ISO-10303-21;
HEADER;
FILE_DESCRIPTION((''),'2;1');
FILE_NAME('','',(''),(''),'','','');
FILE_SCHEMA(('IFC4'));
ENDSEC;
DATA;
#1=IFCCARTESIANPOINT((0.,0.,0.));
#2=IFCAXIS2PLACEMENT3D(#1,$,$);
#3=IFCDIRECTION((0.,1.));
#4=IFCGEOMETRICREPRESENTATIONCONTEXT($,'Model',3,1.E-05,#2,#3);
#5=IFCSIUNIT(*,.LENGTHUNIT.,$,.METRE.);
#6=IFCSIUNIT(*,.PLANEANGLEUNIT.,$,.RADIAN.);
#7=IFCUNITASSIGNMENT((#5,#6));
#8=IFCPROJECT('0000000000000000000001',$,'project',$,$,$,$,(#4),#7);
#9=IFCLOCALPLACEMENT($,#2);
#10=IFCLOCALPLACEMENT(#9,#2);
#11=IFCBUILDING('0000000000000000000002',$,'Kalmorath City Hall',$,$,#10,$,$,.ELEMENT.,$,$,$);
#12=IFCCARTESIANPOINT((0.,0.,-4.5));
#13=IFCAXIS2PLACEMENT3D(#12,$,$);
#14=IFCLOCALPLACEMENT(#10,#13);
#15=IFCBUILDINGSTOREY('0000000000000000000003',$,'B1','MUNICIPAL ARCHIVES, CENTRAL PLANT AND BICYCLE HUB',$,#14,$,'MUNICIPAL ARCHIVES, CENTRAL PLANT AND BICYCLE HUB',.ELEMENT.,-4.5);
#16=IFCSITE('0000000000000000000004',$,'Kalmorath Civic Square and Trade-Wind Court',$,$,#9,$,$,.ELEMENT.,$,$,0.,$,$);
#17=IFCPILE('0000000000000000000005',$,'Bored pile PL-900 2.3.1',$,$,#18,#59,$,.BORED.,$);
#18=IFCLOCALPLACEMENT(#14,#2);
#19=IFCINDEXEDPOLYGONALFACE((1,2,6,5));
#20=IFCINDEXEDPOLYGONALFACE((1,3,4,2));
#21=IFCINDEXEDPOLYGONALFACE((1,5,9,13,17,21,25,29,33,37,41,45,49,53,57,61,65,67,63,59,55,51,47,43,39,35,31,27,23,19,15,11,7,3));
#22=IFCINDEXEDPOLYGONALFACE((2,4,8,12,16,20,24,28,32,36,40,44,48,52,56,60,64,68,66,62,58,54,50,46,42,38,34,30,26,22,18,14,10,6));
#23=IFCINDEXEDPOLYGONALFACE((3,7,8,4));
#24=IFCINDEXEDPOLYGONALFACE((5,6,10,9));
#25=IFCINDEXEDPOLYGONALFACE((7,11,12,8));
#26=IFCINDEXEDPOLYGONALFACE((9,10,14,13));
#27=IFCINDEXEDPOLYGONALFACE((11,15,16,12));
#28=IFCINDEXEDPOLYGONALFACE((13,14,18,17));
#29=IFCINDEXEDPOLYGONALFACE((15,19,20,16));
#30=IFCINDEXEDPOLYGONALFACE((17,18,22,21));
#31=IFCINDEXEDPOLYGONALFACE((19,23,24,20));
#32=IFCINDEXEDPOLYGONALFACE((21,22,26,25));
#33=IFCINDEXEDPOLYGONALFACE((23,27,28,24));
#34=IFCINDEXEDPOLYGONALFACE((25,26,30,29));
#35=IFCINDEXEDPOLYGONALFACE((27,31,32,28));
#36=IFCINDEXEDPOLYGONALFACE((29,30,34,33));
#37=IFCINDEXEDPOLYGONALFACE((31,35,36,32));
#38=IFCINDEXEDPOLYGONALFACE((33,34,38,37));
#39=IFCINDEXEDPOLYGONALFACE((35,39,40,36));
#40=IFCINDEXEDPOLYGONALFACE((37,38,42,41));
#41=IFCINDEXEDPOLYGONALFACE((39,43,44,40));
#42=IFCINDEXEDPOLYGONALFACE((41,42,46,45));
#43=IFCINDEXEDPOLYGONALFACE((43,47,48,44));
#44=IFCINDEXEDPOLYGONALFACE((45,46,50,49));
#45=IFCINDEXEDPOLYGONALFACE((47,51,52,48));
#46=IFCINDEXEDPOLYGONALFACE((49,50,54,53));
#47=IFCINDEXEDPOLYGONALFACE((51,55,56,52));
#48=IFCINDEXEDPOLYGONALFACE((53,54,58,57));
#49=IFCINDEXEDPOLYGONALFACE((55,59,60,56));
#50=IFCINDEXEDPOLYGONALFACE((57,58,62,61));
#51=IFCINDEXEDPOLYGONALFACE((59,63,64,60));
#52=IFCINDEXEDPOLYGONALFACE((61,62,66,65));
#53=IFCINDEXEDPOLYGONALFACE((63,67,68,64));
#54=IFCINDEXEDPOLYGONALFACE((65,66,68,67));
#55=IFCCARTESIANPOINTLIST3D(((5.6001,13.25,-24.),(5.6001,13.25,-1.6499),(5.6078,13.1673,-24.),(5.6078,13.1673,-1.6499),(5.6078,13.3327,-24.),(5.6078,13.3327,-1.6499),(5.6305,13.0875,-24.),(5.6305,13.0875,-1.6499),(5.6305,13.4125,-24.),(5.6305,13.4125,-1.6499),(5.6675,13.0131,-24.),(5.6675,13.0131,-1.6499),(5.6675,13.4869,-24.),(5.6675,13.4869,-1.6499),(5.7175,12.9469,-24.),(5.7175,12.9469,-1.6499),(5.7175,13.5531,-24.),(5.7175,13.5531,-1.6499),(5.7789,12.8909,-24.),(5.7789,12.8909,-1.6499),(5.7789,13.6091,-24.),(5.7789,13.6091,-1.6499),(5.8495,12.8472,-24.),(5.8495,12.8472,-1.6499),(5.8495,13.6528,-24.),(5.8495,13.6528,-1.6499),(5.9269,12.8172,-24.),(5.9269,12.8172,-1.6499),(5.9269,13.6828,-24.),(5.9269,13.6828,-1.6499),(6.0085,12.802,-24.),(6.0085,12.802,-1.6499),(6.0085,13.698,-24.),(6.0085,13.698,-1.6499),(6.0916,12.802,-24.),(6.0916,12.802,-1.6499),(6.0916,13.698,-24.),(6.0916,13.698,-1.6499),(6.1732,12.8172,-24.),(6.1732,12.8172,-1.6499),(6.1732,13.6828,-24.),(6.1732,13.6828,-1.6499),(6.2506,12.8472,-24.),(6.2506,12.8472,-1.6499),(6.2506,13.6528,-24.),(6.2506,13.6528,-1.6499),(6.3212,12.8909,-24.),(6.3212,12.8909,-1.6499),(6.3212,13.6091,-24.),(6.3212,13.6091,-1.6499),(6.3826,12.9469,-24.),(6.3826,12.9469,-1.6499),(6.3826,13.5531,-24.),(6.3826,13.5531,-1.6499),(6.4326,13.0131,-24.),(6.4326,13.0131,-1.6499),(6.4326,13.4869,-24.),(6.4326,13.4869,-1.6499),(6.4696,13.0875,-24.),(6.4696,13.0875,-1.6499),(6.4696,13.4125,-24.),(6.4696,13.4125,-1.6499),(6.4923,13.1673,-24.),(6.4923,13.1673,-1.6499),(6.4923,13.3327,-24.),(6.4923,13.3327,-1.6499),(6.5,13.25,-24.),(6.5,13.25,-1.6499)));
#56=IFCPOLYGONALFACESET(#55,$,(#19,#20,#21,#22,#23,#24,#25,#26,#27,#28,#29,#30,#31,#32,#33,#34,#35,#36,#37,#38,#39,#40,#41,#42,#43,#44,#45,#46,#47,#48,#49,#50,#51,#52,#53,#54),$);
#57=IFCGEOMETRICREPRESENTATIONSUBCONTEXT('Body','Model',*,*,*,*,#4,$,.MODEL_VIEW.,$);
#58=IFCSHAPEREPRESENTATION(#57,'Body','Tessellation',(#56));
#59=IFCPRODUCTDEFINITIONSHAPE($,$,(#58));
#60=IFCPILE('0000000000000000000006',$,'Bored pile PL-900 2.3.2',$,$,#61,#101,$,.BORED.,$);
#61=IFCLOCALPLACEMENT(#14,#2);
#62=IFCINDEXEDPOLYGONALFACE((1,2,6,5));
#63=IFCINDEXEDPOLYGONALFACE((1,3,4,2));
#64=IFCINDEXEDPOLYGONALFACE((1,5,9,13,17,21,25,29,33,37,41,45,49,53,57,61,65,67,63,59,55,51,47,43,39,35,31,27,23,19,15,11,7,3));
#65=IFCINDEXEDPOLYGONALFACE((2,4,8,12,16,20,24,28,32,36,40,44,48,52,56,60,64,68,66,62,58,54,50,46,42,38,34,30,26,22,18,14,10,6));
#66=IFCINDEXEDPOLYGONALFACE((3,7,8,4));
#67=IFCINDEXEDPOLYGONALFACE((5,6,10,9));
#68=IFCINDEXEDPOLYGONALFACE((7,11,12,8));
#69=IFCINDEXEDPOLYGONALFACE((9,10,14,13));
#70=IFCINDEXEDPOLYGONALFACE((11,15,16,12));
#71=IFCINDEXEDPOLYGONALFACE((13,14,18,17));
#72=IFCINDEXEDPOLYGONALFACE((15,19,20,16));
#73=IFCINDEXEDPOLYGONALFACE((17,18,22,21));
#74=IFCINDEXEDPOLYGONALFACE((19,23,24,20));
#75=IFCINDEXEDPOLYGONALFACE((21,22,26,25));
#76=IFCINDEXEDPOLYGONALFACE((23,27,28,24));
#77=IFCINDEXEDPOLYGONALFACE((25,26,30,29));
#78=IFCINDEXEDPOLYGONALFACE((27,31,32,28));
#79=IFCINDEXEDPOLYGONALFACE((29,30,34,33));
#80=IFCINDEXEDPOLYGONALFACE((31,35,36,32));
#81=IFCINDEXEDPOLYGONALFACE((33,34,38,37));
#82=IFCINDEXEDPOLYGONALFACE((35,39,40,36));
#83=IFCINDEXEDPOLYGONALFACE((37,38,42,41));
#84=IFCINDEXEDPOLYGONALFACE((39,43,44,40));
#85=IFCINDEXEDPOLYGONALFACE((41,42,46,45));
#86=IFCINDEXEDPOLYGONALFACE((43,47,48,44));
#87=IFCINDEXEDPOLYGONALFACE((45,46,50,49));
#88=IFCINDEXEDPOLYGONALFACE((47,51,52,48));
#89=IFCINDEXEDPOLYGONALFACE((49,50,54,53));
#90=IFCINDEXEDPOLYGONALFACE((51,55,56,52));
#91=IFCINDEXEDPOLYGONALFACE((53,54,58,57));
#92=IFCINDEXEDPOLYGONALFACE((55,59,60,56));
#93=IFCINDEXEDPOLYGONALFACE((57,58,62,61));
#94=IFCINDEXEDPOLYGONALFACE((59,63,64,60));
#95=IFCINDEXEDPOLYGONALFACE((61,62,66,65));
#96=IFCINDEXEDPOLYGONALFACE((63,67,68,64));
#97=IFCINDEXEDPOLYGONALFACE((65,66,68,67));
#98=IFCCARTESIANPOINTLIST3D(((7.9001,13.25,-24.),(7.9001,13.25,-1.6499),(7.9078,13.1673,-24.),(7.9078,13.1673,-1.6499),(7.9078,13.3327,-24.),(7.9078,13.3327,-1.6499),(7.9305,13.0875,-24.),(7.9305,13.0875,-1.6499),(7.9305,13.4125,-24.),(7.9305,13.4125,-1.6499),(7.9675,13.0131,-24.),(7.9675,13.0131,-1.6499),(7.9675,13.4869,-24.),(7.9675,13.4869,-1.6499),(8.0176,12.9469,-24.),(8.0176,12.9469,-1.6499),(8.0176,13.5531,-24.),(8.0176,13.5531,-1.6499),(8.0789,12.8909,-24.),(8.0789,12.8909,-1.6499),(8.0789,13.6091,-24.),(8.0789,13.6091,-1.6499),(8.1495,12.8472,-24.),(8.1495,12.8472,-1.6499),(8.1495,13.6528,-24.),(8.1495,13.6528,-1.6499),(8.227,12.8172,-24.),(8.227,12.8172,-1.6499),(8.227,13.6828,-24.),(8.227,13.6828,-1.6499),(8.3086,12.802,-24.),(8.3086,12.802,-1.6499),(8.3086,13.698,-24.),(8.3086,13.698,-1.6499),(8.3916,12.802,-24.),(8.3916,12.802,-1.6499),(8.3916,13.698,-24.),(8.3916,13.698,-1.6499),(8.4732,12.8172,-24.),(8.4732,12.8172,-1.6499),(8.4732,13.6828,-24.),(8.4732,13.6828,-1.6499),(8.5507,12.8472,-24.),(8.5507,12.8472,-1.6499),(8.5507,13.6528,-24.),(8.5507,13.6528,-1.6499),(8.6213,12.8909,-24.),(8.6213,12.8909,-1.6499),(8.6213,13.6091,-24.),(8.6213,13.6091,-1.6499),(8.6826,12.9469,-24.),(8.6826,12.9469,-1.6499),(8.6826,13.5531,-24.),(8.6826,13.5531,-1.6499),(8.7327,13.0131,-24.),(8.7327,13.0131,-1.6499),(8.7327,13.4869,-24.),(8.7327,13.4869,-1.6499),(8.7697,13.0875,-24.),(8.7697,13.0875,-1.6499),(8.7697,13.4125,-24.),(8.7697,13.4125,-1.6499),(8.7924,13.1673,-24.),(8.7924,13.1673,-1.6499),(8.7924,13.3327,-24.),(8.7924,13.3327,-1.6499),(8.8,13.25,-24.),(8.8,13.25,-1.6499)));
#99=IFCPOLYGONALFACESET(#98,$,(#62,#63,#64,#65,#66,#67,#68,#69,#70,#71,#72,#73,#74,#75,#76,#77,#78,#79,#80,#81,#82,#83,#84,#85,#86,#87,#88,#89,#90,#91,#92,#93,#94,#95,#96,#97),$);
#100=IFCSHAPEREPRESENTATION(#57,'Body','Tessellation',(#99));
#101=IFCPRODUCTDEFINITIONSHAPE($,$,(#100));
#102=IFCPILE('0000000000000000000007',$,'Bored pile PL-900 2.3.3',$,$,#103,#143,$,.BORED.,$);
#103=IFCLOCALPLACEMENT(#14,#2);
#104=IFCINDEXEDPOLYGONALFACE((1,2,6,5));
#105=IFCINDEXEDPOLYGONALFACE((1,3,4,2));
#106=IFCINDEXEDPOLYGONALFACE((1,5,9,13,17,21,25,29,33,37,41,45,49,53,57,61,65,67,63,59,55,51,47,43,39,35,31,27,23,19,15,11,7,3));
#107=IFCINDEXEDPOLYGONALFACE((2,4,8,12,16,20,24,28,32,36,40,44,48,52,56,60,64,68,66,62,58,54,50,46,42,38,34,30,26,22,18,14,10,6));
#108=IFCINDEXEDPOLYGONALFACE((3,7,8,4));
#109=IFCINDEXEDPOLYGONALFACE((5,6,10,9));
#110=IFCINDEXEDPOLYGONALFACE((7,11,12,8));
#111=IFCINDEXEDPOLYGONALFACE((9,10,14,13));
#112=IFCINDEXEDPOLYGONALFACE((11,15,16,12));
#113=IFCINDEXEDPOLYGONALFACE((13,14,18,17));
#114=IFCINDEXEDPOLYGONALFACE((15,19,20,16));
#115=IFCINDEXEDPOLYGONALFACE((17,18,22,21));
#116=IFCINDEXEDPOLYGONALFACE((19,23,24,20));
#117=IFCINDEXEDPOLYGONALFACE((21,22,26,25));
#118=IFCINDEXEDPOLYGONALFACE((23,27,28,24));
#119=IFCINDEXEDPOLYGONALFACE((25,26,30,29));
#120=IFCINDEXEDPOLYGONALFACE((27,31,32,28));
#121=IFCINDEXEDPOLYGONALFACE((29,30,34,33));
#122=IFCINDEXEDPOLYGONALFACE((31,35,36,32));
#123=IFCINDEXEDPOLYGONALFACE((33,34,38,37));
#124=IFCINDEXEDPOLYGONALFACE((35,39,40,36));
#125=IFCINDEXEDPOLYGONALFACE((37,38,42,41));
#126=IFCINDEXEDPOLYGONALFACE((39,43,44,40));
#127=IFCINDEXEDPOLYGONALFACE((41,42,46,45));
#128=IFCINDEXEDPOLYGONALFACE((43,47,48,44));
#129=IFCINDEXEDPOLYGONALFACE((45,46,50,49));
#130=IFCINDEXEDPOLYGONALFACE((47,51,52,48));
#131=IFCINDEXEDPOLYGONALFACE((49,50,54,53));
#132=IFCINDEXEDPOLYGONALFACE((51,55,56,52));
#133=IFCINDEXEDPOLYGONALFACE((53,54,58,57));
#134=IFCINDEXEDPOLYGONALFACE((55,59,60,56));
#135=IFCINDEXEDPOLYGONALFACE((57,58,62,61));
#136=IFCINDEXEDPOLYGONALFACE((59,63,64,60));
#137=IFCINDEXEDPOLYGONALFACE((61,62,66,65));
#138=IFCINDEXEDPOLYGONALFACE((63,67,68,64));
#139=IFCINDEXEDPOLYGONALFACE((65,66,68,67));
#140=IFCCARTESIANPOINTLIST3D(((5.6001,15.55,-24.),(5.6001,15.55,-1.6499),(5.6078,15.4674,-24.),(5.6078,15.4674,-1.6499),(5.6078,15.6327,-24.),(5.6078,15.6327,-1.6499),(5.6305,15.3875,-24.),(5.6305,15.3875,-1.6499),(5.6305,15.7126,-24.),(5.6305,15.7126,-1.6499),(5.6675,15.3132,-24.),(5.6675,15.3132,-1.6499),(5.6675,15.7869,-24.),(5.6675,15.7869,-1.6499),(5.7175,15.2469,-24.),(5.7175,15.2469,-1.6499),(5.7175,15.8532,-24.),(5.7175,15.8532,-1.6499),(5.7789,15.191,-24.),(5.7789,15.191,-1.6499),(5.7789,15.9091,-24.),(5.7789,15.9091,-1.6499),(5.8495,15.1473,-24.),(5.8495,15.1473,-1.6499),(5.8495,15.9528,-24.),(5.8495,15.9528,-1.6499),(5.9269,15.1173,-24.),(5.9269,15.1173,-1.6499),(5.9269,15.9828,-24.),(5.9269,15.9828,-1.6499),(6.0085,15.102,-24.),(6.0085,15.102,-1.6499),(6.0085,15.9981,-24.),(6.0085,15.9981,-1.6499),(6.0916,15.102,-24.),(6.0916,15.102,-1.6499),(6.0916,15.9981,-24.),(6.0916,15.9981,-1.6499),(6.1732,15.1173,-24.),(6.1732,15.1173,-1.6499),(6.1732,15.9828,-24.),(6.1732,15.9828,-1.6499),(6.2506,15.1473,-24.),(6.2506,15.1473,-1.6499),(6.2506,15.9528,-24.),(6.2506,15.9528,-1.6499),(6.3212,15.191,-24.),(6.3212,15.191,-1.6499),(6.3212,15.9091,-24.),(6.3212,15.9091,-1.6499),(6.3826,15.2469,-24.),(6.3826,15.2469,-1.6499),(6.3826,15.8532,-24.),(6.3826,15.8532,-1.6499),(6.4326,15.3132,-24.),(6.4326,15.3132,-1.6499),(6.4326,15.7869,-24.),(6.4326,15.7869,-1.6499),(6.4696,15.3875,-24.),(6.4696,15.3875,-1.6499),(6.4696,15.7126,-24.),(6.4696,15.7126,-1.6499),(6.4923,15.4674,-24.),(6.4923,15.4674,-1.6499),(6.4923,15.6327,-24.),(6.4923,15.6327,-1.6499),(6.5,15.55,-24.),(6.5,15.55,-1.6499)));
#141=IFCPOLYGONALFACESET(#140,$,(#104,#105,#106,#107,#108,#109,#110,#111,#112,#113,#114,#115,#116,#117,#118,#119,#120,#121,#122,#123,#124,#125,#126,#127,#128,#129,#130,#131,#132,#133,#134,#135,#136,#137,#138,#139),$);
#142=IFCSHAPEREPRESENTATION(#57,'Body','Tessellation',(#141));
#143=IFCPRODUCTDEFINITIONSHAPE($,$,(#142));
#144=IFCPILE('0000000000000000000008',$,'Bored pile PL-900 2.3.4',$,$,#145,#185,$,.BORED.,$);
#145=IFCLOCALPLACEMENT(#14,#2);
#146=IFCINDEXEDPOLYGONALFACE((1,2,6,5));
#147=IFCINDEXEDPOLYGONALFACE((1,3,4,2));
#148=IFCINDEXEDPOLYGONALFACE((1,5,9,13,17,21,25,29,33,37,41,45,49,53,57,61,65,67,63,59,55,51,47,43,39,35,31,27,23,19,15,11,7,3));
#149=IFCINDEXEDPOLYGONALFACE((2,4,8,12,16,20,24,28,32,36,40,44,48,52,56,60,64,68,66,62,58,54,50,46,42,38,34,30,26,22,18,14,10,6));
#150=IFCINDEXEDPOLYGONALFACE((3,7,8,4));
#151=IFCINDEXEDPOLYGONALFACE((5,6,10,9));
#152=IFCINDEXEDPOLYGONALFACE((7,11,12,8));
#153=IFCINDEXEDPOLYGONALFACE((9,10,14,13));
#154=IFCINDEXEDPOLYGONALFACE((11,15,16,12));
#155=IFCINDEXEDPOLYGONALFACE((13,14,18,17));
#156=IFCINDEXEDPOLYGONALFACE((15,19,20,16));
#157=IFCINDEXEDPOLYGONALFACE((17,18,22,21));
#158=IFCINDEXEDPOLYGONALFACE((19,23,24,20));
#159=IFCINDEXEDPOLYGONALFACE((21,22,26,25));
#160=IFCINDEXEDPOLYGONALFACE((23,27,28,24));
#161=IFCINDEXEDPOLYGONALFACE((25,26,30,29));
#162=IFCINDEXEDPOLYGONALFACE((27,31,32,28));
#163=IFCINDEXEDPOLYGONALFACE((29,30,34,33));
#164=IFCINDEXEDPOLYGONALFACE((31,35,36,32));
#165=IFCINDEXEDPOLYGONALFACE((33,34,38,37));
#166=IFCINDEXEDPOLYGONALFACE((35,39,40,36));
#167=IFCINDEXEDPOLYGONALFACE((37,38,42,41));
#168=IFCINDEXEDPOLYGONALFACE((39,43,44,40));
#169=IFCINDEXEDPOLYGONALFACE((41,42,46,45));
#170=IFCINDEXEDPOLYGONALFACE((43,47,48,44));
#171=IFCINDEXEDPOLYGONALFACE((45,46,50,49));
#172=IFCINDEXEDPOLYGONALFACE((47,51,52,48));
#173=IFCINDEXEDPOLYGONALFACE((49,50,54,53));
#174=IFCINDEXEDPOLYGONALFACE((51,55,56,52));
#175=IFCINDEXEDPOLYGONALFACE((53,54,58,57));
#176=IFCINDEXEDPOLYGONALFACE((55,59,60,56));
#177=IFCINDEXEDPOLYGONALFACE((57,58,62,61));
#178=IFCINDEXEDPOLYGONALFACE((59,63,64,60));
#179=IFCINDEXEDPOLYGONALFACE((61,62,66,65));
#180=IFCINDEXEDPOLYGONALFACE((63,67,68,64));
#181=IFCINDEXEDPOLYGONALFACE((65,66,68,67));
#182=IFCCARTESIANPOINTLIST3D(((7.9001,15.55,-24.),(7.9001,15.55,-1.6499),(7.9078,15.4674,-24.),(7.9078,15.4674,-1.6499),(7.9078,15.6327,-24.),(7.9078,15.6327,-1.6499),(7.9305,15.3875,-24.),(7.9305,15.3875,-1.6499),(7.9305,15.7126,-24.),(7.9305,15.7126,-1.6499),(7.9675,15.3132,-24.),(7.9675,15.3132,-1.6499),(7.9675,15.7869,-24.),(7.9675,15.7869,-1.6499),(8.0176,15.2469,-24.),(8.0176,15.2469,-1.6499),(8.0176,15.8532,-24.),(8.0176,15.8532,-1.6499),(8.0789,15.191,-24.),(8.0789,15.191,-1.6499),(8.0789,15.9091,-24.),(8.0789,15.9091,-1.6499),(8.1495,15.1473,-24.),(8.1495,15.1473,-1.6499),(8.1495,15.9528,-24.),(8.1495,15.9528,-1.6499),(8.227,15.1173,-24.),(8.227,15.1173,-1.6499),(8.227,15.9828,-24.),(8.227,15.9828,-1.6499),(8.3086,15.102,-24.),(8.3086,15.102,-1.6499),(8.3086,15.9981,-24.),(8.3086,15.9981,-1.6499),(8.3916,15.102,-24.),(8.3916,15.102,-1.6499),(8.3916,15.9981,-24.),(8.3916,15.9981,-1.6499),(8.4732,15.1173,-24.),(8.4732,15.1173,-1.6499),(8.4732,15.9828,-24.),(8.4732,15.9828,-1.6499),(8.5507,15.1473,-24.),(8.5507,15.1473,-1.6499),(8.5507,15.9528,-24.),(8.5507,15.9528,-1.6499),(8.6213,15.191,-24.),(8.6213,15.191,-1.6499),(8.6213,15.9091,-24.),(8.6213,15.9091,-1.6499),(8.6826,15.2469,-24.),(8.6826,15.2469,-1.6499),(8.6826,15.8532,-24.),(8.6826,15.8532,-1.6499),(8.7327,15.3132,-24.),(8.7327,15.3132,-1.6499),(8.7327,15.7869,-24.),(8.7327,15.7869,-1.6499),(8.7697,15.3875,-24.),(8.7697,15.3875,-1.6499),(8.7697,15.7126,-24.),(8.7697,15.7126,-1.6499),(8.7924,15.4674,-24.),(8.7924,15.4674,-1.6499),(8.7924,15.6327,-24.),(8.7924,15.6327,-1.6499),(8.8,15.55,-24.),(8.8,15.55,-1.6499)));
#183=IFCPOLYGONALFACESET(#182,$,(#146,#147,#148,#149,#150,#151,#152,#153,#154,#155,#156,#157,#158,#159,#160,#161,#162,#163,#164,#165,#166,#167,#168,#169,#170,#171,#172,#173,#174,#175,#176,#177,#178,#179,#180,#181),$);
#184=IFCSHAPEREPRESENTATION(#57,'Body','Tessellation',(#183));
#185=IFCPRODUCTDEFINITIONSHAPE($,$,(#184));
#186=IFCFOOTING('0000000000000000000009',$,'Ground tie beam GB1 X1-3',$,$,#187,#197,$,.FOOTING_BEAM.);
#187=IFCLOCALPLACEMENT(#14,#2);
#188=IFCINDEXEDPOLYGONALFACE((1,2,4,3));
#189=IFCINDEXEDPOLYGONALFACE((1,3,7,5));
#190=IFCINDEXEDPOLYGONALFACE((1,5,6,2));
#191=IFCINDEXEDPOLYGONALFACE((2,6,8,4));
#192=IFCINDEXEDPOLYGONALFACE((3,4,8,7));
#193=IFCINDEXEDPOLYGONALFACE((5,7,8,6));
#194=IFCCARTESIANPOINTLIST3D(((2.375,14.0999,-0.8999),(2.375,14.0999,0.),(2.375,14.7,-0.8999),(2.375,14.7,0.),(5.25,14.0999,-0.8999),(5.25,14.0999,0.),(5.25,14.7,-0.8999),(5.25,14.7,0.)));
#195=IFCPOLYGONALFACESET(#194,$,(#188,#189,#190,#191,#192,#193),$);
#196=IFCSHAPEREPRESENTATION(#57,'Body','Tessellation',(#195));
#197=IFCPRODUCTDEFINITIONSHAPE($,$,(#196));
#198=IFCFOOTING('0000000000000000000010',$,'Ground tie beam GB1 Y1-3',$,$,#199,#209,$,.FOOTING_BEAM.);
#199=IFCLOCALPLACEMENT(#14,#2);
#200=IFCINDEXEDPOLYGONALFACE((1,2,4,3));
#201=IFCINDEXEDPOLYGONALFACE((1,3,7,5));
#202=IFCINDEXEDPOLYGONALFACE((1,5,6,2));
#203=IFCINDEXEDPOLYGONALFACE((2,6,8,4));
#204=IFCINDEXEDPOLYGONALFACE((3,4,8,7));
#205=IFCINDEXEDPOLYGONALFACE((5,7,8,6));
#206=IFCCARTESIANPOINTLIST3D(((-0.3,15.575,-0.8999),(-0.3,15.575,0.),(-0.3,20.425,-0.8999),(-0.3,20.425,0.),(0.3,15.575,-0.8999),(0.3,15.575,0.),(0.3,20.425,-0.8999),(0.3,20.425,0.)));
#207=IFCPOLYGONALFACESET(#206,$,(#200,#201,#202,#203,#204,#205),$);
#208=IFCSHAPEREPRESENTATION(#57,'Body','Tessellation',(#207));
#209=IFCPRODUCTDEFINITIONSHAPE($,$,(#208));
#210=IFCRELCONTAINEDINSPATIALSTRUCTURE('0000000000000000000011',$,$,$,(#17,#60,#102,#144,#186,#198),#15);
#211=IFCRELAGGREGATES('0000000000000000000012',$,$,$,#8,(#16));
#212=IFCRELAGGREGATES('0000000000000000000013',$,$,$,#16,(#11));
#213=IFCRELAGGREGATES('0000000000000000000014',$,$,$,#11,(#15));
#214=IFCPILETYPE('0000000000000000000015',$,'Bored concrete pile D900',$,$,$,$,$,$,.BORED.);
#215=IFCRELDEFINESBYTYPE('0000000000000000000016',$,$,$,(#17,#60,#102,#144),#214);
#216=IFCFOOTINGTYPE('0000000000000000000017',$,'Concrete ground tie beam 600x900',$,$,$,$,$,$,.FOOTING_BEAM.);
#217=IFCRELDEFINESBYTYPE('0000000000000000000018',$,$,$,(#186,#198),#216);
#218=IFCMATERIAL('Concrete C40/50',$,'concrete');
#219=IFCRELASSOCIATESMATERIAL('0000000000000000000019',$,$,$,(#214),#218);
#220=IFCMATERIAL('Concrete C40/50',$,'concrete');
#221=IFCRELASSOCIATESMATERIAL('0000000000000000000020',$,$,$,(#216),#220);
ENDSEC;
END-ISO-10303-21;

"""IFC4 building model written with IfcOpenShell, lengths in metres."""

from ifc_helpers import new_model, si_unit, direction, frame, origin, origin_2d, place, context, subcontext, project, spatial, rectangle, circle, extrude, material, material_profile, profile_set, type_object, element, save


model = new_model("IFC4")

# Units and contexts
model_context = context("Model", 3, precision=1e-05, world=origin(), true_north=direction((0.0, 1.0)))
body_context = subcontext(model_context, "Body", "Model", "MODEL_VIEW")
ifc_project = project(units=[si_unit("LENGTHUNIT", "METRE"), si_unit("PLANEANGLEUNIT", "RADIAN")], contexts=[model_context])

# Site, building, storey
site_placement = place(None, origin())
site = spatial("IfcSite", under=ifc_project, at=site_placement, Name="Kalmorath Civic Square and Trade-Wind Court", CompositionType="ELEMENT", RefElevation=0.0)
building_placement = place(site_placement, origin())
building = spatial("IfcBuilding", under=site, at=building_placement, Name="Kalmorath City Hall", CompositionType="ELEMENT")
storey_placement = place(building_placement, frame((0.0, 0.0, -4.5)))
storey = spatial("IfcBuildingStorey", under=building, at=storey_placement, Name="B1", Description="MUNICIPAL ARCHIVES, CENTRAL PLANT AND BICYCLE HUB", LongName="MUNICIPAL ARCHIVES, CENTRAL PLANT AND BICYCLE HUB", CompositionType="ELEMENT", Elevation=-4.5)

# Piles
ifc_material_1 = material(Name="Concrete C40/50", Category="concrete")
ifc_material_profile_1 = material_profile(ifc_material_1, circle(Radius=0.45, at=origin_2d()), Name="PILE-D900")
ifc_profile_set_1 = profile_set([ifc_material_profile_1], Name="Concrete C40/50")
pile_type_1 = type_object("IfcPileType", Name="Bored concrete pile D900", PredefinedType="BORED", material=ifc_profile_set_1)
for number, where, z_axis, x_axis, name in (
    (1, (6.05, 13.25, -1.6499), (0.0, 0.0, -1.0), (1.0, 0.0, 0.0), "Bored pile PL-900 2.3.1"),
    (2, (8.3501, 13.25, -1.6499), (0.0, 0.0, -1.0), (1.0, 0.0, 0.0), "Bored pile PL-900 2.3.2"),
    (3, (6.05, 15.55, -1.6499), (0.0, 0.0, -1.0), (1.0, 0.0, 0.0), "Bored pile PL-900 2.3.3"),
    (4, (8.3501, 15.55, -1.6499), (0.0, 0.0, -1.0), (1.0, 0.0, 0.0), "Bored pile PL-900 2.3.4"),
):
    element("IfcPile", number, at=place(storey_placement, frame(where, z_axis=z_axis, x_axis=x_axis)), inside=storey, type_object=pile_type_1, Name=name, PredefinedType="BORED", context=body_context, shape_type="SweptSolid", body=[
        extrude(circle(Radius=0.45, at=origin_2d()), origin(), (0.0, 0.0, 1.0), 22.3501),
    ])

# Footings
ifc_material_2 = material(Name="Concrete C40/50", Category="concrete")
ifc_material_profile_2 = material_profile(ifc_material_2, rectangle(XDim=0.6001, YDim=0.8999, at=origin_2d()), Name="RC-BM-600X900")
ifc_profile_set_2 = profile_set([ifc_material_profile_2], Name="Concrete C40/50")
footing_type_1 = type_object("IfcFootingType", Name="Concrete ground tie beam 600x900", PredefinedType="FOOTING_BEAM", material=ifc_profile_set_2)
footing_1_placement = place(storey_placement, frame((2.375, 14.3999, -0.45), z_axis=(1.0, 0.0, 0.0), x_axis=(0.0, 1.0, 0.0)))
element("IfcFooting", 5, at=footing_1_placement, inside=storey, type_object=footing_type_1, Name="Ground tie beam GB1 X1-3", PredefinedType="FOOTING_BEAM", context=body_context, shape_type="SweptSolid", body=[
    extrude(rectangle(XDim=0.6001, YDim=0.8999, at=origin_2d()), origin(), (0.0, 0.0, 1.0), 2.875),
])
for number, where, z_axis, x_axis, name in (
    (6, (0.0, 15.575, -0.45), (0.0, 1.0, 0.0), (-1.0, 0.0, 0.0), "Ground tie beam GB1 Y1-3"),
):
    element("IfcFooting", number, at=place(storey_placement, frame(where, z_axis=z_axis, x_axis=x_axis)), inside=storey, type_object=footing_type_1, Name=name, PredefinedType="FOOTING_BEAM", context=body_context, shape_type="SweptSolid", body=[
        extrude(rectangle(XDim=0.6001, YDim=0.8999, at=origin_2d()), origin(), (0.0, 0.0, 1.0), 4.8501),
    ])

save(model, "model.ifc")
